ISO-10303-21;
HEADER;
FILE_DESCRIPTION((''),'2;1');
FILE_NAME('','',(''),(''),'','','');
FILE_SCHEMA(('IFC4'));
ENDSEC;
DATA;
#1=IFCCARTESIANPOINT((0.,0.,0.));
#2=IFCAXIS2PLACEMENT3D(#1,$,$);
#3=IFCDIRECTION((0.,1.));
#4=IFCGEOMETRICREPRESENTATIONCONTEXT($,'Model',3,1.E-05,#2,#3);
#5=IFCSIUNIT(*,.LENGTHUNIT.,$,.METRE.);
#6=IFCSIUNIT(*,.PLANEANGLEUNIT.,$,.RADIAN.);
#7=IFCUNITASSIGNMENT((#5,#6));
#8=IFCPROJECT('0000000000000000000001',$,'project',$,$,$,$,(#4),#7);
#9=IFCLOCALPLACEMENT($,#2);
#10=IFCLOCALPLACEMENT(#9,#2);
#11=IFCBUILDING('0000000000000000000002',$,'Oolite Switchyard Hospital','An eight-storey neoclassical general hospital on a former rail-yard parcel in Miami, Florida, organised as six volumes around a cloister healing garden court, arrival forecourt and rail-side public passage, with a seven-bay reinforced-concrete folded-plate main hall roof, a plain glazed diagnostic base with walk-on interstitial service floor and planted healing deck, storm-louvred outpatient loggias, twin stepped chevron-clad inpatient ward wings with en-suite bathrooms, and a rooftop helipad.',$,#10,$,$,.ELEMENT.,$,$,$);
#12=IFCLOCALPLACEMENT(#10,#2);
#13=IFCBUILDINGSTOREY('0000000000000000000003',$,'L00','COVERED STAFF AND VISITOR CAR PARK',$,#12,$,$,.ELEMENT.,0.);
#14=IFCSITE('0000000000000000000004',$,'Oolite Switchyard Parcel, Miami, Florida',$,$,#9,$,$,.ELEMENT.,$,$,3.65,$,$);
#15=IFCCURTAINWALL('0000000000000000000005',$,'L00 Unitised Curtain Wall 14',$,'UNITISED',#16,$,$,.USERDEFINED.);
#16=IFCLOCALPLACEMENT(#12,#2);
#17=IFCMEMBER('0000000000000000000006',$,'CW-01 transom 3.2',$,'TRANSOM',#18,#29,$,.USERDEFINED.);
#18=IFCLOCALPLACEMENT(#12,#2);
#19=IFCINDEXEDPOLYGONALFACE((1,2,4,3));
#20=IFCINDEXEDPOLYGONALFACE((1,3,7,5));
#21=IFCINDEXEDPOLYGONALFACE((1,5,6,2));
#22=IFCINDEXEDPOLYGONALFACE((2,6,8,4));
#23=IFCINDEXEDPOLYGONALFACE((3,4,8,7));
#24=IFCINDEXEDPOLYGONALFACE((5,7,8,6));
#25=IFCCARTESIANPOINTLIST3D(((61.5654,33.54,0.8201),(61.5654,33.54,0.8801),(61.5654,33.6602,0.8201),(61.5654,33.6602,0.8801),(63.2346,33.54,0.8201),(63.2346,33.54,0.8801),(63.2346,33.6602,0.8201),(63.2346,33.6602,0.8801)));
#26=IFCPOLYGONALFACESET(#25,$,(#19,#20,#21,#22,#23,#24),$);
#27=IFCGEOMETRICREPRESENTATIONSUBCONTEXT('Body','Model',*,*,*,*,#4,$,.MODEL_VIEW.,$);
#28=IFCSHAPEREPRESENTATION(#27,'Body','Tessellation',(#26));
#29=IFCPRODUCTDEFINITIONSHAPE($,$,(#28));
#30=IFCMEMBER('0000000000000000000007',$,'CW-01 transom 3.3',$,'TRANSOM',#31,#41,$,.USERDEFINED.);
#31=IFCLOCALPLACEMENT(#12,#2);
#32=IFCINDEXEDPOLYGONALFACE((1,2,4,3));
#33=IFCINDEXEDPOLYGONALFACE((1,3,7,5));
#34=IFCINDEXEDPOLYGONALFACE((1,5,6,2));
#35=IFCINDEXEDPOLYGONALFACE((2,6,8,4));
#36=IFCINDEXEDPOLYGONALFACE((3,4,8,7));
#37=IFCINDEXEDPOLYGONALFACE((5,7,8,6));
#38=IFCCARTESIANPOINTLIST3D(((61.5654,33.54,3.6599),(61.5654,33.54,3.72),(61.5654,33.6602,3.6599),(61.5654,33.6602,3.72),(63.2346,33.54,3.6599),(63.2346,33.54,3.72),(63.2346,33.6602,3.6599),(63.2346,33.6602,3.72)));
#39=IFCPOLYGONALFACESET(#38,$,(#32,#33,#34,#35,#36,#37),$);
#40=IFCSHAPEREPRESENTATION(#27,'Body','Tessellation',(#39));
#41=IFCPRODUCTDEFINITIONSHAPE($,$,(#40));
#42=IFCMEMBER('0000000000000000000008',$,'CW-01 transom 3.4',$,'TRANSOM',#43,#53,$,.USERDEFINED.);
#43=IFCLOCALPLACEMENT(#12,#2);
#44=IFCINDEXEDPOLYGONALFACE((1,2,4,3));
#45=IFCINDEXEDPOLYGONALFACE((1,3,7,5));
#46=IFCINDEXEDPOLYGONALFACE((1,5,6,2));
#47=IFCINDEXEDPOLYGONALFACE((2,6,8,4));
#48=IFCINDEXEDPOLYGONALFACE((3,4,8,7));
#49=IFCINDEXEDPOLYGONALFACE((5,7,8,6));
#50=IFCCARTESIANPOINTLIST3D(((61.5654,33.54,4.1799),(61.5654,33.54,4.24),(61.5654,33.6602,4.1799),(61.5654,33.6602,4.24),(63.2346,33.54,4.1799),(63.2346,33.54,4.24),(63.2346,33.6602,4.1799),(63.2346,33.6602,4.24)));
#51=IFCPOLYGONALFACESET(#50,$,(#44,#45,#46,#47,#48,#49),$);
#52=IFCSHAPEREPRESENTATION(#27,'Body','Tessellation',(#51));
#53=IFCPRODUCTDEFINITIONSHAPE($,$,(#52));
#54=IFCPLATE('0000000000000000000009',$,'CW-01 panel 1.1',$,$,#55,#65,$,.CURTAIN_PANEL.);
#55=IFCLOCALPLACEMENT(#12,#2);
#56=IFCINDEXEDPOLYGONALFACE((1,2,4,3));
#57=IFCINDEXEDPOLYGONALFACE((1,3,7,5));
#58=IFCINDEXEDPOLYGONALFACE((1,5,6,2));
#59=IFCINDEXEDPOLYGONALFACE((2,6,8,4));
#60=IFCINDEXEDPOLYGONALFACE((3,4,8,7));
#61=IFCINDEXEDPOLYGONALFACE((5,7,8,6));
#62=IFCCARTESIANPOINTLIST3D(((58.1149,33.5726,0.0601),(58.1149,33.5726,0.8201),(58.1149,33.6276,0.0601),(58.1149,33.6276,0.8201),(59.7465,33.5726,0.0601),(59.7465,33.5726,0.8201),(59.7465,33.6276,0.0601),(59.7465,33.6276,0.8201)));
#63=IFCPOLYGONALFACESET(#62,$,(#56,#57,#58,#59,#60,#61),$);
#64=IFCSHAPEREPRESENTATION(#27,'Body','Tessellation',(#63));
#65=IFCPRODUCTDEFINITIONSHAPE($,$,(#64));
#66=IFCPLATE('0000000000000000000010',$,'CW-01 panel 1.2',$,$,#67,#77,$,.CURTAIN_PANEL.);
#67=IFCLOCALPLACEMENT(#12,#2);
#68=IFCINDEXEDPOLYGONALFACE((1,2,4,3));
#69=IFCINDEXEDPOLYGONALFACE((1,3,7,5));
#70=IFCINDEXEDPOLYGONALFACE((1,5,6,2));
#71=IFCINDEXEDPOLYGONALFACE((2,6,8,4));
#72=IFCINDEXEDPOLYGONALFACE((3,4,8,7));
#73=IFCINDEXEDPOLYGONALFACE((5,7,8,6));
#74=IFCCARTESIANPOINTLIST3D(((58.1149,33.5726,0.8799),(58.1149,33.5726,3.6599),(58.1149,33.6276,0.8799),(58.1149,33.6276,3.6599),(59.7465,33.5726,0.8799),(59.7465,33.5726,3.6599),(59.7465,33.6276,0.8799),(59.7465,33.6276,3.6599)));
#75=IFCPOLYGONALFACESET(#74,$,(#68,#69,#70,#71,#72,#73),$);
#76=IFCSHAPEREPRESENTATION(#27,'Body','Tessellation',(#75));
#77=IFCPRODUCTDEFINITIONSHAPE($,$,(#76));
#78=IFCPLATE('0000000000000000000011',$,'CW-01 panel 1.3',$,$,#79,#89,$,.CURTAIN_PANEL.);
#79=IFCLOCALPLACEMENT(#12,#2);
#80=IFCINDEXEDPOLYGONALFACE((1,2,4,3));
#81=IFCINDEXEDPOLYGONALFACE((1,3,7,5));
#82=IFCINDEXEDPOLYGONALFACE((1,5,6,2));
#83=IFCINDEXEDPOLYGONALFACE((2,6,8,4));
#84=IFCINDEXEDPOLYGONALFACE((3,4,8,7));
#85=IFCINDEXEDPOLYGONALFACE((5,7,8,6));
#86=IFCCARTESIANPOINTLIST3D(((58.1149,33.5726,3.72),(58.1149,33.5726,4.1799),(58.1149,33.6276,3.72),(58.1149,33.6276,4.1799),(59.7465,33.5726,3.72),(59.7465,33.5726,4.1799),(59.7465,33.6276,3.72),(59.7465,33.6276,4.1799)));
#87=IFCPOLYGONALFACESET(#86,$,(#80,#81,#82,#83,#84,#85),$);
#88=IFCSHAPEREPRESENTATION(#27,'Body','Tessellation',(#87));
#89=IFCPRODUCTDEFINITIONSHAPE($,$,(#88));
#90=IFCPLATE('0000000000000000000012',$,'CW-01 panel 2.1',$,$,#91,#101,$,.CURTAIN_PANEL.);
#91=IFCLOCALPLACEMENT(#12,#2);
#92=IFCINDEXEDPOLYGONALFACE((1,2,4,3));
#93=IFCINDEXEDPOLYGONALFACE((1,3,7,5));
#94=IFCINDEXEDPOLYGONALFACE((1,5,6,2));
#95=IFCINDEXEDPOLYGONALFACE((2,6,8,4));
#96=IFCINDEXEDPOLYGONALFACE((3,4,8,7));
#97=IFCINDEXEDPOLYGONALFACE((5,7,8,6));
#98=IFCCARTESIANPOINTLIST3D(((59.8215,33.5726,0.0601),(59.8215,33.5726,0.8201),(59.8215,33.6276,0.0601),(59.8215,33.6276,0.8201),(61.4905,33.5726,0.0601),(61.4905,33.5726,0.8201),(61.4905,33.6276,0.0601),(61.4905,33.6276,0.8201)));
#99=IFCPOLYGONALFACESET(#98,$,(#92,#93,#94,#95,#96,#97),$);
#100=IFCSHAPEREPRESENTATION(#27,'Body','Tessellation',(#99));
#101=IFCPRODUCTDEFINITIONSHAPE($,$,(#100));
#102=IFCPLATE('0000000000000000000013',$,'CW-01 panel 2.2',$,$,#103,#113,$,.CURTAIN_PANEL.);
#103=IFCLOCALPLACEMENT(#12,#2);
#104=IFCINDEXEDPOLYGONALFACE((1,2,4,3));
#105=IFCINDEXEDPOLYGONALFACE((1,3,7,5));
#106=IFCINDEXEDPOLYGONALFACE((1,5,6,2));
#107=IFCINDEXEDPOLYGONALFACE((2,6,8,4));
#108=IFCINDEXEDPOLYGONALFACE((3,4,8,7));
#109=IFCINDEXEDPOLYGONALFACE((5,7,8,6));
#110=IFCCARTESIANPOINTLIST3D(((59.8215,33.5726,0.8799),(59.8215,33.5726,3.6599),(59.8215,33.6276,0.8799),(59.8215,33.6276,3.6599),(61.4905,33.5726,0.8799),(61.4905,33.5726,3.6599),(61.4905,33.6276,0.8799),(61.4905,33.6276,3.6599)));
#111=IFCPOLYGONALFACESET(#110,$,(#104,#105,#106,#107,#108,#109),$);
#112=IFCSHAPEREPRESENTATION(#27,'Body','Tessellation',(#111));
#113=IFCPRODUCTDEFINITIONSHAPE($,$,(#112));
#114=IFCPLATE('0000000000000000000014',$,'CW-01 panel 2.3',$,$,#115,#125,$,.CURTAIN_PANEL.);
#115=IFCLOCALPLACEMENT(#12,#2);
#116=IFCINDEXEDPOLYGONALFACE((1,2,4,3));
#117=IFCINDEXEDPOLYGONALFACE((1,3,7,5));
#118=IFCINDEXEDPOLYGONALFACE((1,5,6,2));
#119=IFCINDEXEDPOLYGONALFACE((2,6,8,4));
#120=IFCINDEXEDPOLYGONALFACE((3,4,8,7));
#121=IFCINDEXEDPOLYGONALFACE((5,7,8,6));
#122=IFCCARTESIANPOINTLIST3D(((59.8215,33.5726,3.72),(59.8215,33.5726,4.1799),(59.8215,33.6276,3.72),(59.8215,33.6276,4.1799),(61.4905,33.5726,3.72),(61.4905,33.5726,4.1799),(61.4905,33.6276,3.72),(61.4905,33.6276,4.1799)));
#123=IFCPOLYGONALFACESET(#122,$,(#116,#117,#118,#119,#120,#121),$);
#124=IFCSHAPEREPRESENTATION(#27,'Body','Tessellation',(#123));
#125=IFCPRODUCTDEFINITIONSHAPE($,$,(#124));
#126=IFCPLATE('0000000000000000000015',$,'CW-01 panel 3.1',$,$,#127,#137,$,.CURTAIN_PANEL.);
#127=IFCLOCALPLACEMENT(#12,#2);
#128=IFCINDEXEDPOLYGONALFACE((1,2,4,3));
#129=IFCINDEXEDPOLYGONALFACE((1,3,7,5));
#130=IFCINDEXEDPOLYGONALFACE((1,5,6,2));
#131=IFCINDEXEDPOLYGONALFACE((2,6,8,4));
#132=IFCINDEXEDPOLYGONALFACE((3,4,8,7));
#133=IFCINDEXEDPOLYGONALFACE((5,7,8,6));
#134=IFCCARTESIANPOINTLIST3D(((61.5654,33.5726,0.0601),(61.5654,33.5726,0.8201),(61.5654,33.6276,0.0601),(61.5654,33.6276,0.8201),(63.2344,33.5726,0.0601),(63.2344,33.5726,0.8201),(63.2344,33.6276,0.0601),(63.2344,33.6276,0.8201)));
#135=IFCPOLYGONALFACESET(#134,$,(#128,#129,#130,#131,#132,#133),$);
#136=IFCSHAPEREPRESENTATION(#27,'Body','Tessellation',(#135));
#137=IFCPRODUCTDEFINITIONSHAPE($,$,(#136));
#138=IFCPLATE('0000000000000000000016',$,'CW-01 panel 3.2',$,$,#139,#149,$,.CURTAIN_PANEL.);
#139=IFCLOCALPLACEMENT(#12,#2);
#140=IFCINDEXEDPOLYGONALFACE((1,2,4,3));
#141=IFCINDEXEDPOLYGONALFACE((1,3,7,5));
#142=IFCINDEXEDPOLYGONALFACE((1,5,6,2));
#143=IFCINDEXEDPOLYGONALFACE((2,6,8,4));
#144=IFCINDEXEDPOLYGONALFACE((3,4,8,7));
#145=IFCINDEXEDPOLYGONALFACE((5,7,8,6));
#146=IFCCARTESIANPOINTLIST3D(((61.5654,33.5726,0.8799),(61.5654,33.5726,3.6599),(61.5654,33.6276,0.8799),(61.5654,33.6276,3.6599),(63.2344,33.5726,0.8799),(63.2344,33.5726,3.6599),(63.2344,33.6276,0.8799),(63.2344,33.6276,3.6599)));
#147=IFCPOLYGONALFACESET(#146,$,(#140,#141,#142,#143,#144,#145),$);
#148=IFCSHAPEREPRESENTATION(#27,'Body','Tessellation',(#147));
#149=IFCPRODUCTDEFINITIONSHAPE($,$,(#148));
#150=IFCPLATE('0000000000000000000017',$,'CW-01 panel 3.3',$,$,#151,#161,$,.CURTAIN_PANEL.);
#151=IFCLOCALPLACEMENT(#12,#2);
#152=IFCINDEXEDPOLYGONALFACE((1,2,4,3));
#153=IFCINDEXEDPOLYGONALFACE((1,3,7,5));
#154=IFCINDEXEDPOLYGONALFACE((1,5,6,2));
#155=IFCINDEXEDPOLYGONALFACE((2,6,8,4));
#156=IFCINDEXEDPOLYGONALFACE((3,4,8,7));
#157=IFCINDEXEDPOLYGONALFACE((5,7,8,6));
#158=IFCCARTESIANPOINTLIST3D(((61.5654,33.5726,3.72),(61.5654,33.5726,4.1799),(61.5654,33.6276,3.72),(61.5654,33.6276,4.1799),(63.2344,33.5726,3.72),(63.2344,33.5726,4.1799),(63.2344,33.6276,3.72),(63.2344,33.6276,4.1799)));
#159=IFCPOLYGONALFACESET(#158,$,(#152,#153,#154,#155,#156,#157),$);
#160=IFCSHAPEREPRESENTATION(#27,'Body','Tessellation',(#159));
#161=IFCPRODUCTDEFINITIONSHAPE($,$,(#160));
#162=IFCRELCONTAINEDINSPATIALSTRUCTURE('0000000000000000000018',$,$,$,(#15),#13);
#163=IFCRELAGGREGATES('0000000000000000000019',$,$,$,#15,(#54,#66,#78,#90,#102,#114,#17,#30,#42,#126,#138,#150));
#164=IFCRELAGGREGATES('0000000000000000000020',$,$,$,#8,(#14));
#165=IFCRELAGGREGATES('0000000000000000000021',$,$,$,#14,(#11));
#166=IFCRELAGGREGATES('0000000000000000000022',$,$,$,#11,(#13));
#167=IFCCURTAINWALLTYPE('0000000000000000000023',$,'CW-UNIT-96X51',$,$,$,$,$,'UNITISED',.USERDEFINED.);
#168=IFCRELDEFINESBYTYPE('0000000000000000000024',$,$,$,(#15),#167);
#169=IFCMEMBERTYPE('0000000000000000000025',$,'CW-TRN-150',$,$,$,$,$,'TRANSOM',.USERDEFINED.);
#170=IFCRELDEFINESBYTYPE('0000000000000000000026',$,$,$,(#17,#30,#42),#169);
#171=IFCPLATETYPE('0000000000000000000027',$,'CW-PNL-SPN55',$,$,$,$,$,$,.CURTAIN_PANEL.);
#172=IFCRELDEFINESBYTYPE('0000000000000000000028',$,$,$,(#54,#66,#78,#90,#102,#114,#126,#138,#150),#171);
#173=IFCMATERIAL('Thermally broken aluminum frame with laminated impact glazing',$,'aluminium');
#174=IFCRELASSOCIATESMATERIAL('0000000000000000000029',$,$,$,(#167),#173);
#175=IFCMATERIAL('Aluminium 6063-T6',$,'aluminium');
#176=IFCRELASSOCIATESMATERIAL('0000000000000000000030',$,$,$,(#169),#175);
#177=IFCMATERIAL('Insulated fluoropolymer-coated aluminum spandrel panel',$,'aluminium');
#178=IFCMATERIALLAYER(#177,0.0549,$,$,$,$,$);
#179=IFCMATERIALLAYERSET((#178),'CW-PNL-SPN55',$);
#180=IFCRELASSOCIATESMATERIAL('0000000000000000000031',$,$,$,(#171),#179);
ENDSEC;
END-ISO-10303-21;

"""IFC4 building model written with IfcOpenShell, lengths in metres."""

from ifc_helpers import new_model, si_unit, direction, frame, origin, origin_2d, place, context, subcontext, project, spatial, rectangle, extrude, material, layer, layer_set, material_profile, profile_set, type_object, element, aggregate, save


model = new_model("IFC4")

# Units and contexts
model_context = context("Model", 3, precision=1e-05, world=origin(), true_north=direction((0.0, 1.0)))
body_context = subcontext(model_context, "Body", "Model", "MODEL_VIEW")
ifc_project = project(units=[si_unit("LENGTHUNIT", "METRE"), si_unit("PLANEANGLEUNIT", "RADIAN")], contexts=[model_context])

# Site, building, storey
site_placement = place(None, origin())
site = spatial("IfcSite", under=ifc_project, at=site_placement, Name="Oolite Switchyard Parcel, Miami, Florida", CompositionType="ELEMENT", RefElevation=3.65)
building_placement = place(site_placement, origin())
building = spatial("IfcBuilding", under=site, at=building_placement, Name="Oolite Switchyard Hospital", Description="An eight-storey neoclassical general hospital on a former rail-yard parcel in Miami, Florida, organised as six volumes around a cloister healing garden court, arrival forecourt and rail-side public passage, with a seven-bay reinforced-concrete folded-plate main hall roof, a plain glazed diagnostic base with walk-on interstitial service floor and planted healing deck, storm-louvred outpatient loggias, twin stepped chevron-clad inpatient ward wings with en-suite bathrooms, and a rooftop helipad.", CompositionType="ELEMENT")
storey_placement = place(building_placement, origin())
storey = spatial("IfcBuildingStorey", under=building, at=storey_placement, Name="L00", Description="COVERED STAFF AND VISITOR CAR PARK", CompositionType="ELEMENT", Elevation=0.0)

# Curtain wall, members, plates
ifc_material_1 = material(Name="Thermally broken aluminum frame with laminated impact glazing", Category="aluminium")
curtain_wall_type = type_object("IfcCurtainWallType", Name="CW-UNIT-96X51", ElementType="UNITISED", PredefinedType="USERDEFINED", material=ifc_material_1)
curtain_wall_placement = place(storey_placement, origin())
curtain_wall = element("IfcCurtainWall", 1, at=curtain_wall_placement, inside=storey, type_object=curtain_wall_type, Name="L00 Unitised Curtain Wall 14", ObjectType="UNITISED", PredefinedType="USERDEFINED")
ifc_material_2 = material(Name="Aluminium 6063-T6", Category="aluminium")
ifc_material_profile_1 = material_profile(ifc_material_2, rectangle(XDim=0.1201, YDim=0.0601, at=origin_2d()), Name="CWT60X120")
ifc_profile_set_1 = profile_set([ifc_material_profile_1], Name="Aluminium 6063-T6")
member_type_1 = type_object("IfcMemberType", Name="CW-TRN-150", ElementType="TRANSOM", PredefinedType="USERDEFINED", material=ifc_profile_set_1)
member_1_placement = place(storey_placement, frame((61.5654, 33.6001, 0.8501), z_axis=(1.0, 0.0, 0.0), x_axis=(0.0, 1.0, 0.0)))
member_1 = element("IfcMember", 2, at=member_1_placement, type_object=member_type_1, Name="CW-01 transom 3.2", ObjectType="TRANSOM", PredefinedType="USERDEFINED", context=body_context, shape_type="SweptSolid", body=[
    extrude(rectangle(XDim=0.1201, YDim=0.0601, at=origin_2d()), origin(), (0.0, 0.0, 1.0), 1.6692),
])
member_2_placement = place(storey_placement, frame((61.5654, 33.6001, 3.6899), z_axis=(1.0, 0.0, 0.0), x_axis=(0.0, 1.0, 0.0)))
member_2 = element("IfcMember", 3, at=member_2_placement, type_object=member_type_1, Name="CW-01 transom 3.3", ObjectType="TRANSOM", PredefinedType="USERDEFINED", context=body_context, shape_type="SweptSolid", body=[
    extrude(rectangle(XDim=0.1201, YDim=0.0601, at=origin_2d()), origin(), (0.0, 0.0, 1.0), 1.6692),
])
member_3_placement = place(storey_placement, frame((61.5654, 33.6001, 4.21), z_axis=(1.0, 0.0, 0.0), x_axis=(0.0, 1.0, 0.0)))
member_3 = element("IfcMember", 4, at=member_3_placement, type_object=member_type_1, Name="CW-01 transom 3.4", ObjectType="TRANSOM", PredefinedType="USERDEFINED", context=body_context, shape_type="SweptSolid", body=[
    extrude(rectangle(XDim=0.1201, YDim=0.0601, at=origin_2d()), origin(), (0.0, 0.0, 1.0), 1.6692),
])
ifc_material_3 = material(Name="Insulated fluoropolymer-coated aluminum spandrel panel", Category="aluminium")
ifc_layer = layer(ifc_material_3, 0.0549)
ifc_layer_set = layer_set([ifc_layer], Name="CW-PNL-SPN55")
plate_type = type_object("IfcPlateType", Name="CW-PNL-SPN55", PredefinedType="CURTAIN_PANEL", material=ifc_layer_set)
plate_1_placement = place(storey_placement, frame((58.9307, 33.6001, 0.0601), z_axis=(0.0, 0.0, 1.0), x_axis=(1.0, 0.0, 0.0)))
plate_1 = element("IfcPlate", 5, at=plate_1_placement, type_object=plate_type, Name="CW-01 panel 1.1", PredefinedType="CURTAIN_PANEL", context=body_context, shape_type="SweptSolid", body=[
    extrude(rectangle(XDim=1.6316, YDim=0.0549, at=origin_2d()), origin(), (0.0, 0.0, 1.0), 0.76),
])
plate_2_placement = place(storey_placement, frame((58.9307, 33.6001, 0.8799), z_axis=(0.0, 0.0, 1.0), x_axis=(1.0, 0.0, 0.0)))
plate_2 = element("IfcPlate", 6, at=plate_2_placement, type_object=plate_type, Name="CW-01 panel 1.2", PredefinedType="CURTAIN_PANEL", context=body_context, shape_type="SweptSolid", body=[
    extrude(rectangle(XDim=1.6316, YDim=0.0549, at=origin_2d()), origin(), (0.0, 0.0, 1.0), 2.78),
])
plate_3_placement = place(storey_placement, frame((58.9307, 33.6001, 3.72), z_axis=(0.0, 0.0, 1.0), x_axis=(1.0, 0.0, 0.0)))
plate_3 = element("IfcPlate", 7, at=plate_3_placement, type_object=plate_type, Name="CW-01 panel 1.3", PredefinedType="CURTAIN_PANEL", context=body_context, shape_type="SweptSolid", body=[
    extrude(rectangle(XDim=1.6316, YDim=0.0549, at=origin_2d()), origin(), (0.0, 0.0, 1.0), 0.46),
])
plate_4_placement = place(storey_placement, frame((60.656, 33.6001, 0.0601), z_axis=(0.0, 0.0, 1.0), x_axis=(1.0, 0.0, 0.0)))
plate_4 = element("IfcPlate", 8, at=plate_4_placement, type_object=plate_type, Name="CW-01 panel 2.1", PredefinedType="CURTAIN_PANEL", context=body_context, shape_type="SweptSolid", body=[
    extrude(rectangle(XDim=1.6689, YDim=0.0549, at=origin_2d()), origin(), (0.0, 0.0, 1.0), 0.76),
])
plate_5_placement = place(storey_placement, frame((60.656, 33.6001, 0.8799), z_axis=(0.0, 0.0, 1.0), x_axis=(1.0, 0.0, 0.0)))
plate_5 = element("IfcPlate", 9, at=plate_5_placement, type_object=plate_type, Name="CW-01 panel 2.2", PredefinedType="CURTAIN_PANEL", context=body_context, shape_type="SweptSolid", body=[
    extrude(rectangle(XDim=1.6689, YDim=0.0549, at=origin_2d()), origin(), (0.0, 0.0, 1.0), 2.78),
])
plate_6_placement = place(storey_placement, frame((60.656, 33.6001, 3.72), z_axis=(0.0, 0.0, 1.0), x_axis=(1.0, 0.0, 0.0)))
plate_6 = element("IfcPlate", 10, at=plate_6_placement, type_object=plate_type, Name="CW-01 panel 2.3", PredefinedType="CURTAIN_PANEL", context=body_context, shape_type="SweptSolid", body=[
    extrude(rectangle(XDim=1.6689, YDim=0.0549, at=origin_2d()), origin(), (0.0, 0.0, 1.0), 0.46),
])
plate_7_placement = place(storey_placement, frame((62.3999, 33.6001, 0.0601), z_axis=(0.0, 0.0, 1.0), x_axis=(1.0, 0.0, 0.0)))
plate_7 = element("IfcPlate", 11, at=plate_7_placement, type_object=plate_type, Name="CW-01 panel 3.1", PredefinedType="CURTAIN_PANEL", context=body_context, shape_type="SweptSolid", body=[
    extrude(rectangle(XDim=1.6689, YDim=0.0549, at=origin_2d()), origin(), (0.0, 0.0, 1.0), 0.76),
])
plate_8_placement = place(storey_placement, frame((62.3999, 33.6001, 0.8799), z_axis=(0.0, 0.0, 1.0), x_axis=(1.0, 0.0, 0.0)))
plate_8 = element("IfcPlate", 12, at=plate_8_placement, type_object=plate_type, Name="CW-01 panel 3.2", PredefinedType="CURTAIN_PANEL", context=body_context, shape_type="SweptSolid", body=[
    extrude(rectangle(XDim=1.6689, YDim=0.0549, at=origin_2d()), origin(), (0.0, 0.0, 1.0), 2.78),
])
plate_9_placement = place(storey_placement, frame((62.3999, 33.6001, 3.72), z_axis=(0.0, 0.0, 1.0), x_axis=(1.0, 0.0, 0.0)))
plate_9 = element("IfcPlate", 13, at=plate_9_placement, type_object=plate_type, Name="CW-01 panel 3.3", PredefinedType="CURTAIN_PANEL", context=body_context, shape_type="SweptSolid", body=[
    extrude(rectangle(XDim=1.6689, YDim=0.0549, at=origin_2d()), origin(), (0.0, 0.0, 1.0), 0.46),
])
aggregate(curtain_wall, [plate_1, plate_2, plate_3, plate_4, plate_5, plate_6, member_1, member_2, member_3, plate_7, plate_8, plate_9])

save(model, "model.ifc")
